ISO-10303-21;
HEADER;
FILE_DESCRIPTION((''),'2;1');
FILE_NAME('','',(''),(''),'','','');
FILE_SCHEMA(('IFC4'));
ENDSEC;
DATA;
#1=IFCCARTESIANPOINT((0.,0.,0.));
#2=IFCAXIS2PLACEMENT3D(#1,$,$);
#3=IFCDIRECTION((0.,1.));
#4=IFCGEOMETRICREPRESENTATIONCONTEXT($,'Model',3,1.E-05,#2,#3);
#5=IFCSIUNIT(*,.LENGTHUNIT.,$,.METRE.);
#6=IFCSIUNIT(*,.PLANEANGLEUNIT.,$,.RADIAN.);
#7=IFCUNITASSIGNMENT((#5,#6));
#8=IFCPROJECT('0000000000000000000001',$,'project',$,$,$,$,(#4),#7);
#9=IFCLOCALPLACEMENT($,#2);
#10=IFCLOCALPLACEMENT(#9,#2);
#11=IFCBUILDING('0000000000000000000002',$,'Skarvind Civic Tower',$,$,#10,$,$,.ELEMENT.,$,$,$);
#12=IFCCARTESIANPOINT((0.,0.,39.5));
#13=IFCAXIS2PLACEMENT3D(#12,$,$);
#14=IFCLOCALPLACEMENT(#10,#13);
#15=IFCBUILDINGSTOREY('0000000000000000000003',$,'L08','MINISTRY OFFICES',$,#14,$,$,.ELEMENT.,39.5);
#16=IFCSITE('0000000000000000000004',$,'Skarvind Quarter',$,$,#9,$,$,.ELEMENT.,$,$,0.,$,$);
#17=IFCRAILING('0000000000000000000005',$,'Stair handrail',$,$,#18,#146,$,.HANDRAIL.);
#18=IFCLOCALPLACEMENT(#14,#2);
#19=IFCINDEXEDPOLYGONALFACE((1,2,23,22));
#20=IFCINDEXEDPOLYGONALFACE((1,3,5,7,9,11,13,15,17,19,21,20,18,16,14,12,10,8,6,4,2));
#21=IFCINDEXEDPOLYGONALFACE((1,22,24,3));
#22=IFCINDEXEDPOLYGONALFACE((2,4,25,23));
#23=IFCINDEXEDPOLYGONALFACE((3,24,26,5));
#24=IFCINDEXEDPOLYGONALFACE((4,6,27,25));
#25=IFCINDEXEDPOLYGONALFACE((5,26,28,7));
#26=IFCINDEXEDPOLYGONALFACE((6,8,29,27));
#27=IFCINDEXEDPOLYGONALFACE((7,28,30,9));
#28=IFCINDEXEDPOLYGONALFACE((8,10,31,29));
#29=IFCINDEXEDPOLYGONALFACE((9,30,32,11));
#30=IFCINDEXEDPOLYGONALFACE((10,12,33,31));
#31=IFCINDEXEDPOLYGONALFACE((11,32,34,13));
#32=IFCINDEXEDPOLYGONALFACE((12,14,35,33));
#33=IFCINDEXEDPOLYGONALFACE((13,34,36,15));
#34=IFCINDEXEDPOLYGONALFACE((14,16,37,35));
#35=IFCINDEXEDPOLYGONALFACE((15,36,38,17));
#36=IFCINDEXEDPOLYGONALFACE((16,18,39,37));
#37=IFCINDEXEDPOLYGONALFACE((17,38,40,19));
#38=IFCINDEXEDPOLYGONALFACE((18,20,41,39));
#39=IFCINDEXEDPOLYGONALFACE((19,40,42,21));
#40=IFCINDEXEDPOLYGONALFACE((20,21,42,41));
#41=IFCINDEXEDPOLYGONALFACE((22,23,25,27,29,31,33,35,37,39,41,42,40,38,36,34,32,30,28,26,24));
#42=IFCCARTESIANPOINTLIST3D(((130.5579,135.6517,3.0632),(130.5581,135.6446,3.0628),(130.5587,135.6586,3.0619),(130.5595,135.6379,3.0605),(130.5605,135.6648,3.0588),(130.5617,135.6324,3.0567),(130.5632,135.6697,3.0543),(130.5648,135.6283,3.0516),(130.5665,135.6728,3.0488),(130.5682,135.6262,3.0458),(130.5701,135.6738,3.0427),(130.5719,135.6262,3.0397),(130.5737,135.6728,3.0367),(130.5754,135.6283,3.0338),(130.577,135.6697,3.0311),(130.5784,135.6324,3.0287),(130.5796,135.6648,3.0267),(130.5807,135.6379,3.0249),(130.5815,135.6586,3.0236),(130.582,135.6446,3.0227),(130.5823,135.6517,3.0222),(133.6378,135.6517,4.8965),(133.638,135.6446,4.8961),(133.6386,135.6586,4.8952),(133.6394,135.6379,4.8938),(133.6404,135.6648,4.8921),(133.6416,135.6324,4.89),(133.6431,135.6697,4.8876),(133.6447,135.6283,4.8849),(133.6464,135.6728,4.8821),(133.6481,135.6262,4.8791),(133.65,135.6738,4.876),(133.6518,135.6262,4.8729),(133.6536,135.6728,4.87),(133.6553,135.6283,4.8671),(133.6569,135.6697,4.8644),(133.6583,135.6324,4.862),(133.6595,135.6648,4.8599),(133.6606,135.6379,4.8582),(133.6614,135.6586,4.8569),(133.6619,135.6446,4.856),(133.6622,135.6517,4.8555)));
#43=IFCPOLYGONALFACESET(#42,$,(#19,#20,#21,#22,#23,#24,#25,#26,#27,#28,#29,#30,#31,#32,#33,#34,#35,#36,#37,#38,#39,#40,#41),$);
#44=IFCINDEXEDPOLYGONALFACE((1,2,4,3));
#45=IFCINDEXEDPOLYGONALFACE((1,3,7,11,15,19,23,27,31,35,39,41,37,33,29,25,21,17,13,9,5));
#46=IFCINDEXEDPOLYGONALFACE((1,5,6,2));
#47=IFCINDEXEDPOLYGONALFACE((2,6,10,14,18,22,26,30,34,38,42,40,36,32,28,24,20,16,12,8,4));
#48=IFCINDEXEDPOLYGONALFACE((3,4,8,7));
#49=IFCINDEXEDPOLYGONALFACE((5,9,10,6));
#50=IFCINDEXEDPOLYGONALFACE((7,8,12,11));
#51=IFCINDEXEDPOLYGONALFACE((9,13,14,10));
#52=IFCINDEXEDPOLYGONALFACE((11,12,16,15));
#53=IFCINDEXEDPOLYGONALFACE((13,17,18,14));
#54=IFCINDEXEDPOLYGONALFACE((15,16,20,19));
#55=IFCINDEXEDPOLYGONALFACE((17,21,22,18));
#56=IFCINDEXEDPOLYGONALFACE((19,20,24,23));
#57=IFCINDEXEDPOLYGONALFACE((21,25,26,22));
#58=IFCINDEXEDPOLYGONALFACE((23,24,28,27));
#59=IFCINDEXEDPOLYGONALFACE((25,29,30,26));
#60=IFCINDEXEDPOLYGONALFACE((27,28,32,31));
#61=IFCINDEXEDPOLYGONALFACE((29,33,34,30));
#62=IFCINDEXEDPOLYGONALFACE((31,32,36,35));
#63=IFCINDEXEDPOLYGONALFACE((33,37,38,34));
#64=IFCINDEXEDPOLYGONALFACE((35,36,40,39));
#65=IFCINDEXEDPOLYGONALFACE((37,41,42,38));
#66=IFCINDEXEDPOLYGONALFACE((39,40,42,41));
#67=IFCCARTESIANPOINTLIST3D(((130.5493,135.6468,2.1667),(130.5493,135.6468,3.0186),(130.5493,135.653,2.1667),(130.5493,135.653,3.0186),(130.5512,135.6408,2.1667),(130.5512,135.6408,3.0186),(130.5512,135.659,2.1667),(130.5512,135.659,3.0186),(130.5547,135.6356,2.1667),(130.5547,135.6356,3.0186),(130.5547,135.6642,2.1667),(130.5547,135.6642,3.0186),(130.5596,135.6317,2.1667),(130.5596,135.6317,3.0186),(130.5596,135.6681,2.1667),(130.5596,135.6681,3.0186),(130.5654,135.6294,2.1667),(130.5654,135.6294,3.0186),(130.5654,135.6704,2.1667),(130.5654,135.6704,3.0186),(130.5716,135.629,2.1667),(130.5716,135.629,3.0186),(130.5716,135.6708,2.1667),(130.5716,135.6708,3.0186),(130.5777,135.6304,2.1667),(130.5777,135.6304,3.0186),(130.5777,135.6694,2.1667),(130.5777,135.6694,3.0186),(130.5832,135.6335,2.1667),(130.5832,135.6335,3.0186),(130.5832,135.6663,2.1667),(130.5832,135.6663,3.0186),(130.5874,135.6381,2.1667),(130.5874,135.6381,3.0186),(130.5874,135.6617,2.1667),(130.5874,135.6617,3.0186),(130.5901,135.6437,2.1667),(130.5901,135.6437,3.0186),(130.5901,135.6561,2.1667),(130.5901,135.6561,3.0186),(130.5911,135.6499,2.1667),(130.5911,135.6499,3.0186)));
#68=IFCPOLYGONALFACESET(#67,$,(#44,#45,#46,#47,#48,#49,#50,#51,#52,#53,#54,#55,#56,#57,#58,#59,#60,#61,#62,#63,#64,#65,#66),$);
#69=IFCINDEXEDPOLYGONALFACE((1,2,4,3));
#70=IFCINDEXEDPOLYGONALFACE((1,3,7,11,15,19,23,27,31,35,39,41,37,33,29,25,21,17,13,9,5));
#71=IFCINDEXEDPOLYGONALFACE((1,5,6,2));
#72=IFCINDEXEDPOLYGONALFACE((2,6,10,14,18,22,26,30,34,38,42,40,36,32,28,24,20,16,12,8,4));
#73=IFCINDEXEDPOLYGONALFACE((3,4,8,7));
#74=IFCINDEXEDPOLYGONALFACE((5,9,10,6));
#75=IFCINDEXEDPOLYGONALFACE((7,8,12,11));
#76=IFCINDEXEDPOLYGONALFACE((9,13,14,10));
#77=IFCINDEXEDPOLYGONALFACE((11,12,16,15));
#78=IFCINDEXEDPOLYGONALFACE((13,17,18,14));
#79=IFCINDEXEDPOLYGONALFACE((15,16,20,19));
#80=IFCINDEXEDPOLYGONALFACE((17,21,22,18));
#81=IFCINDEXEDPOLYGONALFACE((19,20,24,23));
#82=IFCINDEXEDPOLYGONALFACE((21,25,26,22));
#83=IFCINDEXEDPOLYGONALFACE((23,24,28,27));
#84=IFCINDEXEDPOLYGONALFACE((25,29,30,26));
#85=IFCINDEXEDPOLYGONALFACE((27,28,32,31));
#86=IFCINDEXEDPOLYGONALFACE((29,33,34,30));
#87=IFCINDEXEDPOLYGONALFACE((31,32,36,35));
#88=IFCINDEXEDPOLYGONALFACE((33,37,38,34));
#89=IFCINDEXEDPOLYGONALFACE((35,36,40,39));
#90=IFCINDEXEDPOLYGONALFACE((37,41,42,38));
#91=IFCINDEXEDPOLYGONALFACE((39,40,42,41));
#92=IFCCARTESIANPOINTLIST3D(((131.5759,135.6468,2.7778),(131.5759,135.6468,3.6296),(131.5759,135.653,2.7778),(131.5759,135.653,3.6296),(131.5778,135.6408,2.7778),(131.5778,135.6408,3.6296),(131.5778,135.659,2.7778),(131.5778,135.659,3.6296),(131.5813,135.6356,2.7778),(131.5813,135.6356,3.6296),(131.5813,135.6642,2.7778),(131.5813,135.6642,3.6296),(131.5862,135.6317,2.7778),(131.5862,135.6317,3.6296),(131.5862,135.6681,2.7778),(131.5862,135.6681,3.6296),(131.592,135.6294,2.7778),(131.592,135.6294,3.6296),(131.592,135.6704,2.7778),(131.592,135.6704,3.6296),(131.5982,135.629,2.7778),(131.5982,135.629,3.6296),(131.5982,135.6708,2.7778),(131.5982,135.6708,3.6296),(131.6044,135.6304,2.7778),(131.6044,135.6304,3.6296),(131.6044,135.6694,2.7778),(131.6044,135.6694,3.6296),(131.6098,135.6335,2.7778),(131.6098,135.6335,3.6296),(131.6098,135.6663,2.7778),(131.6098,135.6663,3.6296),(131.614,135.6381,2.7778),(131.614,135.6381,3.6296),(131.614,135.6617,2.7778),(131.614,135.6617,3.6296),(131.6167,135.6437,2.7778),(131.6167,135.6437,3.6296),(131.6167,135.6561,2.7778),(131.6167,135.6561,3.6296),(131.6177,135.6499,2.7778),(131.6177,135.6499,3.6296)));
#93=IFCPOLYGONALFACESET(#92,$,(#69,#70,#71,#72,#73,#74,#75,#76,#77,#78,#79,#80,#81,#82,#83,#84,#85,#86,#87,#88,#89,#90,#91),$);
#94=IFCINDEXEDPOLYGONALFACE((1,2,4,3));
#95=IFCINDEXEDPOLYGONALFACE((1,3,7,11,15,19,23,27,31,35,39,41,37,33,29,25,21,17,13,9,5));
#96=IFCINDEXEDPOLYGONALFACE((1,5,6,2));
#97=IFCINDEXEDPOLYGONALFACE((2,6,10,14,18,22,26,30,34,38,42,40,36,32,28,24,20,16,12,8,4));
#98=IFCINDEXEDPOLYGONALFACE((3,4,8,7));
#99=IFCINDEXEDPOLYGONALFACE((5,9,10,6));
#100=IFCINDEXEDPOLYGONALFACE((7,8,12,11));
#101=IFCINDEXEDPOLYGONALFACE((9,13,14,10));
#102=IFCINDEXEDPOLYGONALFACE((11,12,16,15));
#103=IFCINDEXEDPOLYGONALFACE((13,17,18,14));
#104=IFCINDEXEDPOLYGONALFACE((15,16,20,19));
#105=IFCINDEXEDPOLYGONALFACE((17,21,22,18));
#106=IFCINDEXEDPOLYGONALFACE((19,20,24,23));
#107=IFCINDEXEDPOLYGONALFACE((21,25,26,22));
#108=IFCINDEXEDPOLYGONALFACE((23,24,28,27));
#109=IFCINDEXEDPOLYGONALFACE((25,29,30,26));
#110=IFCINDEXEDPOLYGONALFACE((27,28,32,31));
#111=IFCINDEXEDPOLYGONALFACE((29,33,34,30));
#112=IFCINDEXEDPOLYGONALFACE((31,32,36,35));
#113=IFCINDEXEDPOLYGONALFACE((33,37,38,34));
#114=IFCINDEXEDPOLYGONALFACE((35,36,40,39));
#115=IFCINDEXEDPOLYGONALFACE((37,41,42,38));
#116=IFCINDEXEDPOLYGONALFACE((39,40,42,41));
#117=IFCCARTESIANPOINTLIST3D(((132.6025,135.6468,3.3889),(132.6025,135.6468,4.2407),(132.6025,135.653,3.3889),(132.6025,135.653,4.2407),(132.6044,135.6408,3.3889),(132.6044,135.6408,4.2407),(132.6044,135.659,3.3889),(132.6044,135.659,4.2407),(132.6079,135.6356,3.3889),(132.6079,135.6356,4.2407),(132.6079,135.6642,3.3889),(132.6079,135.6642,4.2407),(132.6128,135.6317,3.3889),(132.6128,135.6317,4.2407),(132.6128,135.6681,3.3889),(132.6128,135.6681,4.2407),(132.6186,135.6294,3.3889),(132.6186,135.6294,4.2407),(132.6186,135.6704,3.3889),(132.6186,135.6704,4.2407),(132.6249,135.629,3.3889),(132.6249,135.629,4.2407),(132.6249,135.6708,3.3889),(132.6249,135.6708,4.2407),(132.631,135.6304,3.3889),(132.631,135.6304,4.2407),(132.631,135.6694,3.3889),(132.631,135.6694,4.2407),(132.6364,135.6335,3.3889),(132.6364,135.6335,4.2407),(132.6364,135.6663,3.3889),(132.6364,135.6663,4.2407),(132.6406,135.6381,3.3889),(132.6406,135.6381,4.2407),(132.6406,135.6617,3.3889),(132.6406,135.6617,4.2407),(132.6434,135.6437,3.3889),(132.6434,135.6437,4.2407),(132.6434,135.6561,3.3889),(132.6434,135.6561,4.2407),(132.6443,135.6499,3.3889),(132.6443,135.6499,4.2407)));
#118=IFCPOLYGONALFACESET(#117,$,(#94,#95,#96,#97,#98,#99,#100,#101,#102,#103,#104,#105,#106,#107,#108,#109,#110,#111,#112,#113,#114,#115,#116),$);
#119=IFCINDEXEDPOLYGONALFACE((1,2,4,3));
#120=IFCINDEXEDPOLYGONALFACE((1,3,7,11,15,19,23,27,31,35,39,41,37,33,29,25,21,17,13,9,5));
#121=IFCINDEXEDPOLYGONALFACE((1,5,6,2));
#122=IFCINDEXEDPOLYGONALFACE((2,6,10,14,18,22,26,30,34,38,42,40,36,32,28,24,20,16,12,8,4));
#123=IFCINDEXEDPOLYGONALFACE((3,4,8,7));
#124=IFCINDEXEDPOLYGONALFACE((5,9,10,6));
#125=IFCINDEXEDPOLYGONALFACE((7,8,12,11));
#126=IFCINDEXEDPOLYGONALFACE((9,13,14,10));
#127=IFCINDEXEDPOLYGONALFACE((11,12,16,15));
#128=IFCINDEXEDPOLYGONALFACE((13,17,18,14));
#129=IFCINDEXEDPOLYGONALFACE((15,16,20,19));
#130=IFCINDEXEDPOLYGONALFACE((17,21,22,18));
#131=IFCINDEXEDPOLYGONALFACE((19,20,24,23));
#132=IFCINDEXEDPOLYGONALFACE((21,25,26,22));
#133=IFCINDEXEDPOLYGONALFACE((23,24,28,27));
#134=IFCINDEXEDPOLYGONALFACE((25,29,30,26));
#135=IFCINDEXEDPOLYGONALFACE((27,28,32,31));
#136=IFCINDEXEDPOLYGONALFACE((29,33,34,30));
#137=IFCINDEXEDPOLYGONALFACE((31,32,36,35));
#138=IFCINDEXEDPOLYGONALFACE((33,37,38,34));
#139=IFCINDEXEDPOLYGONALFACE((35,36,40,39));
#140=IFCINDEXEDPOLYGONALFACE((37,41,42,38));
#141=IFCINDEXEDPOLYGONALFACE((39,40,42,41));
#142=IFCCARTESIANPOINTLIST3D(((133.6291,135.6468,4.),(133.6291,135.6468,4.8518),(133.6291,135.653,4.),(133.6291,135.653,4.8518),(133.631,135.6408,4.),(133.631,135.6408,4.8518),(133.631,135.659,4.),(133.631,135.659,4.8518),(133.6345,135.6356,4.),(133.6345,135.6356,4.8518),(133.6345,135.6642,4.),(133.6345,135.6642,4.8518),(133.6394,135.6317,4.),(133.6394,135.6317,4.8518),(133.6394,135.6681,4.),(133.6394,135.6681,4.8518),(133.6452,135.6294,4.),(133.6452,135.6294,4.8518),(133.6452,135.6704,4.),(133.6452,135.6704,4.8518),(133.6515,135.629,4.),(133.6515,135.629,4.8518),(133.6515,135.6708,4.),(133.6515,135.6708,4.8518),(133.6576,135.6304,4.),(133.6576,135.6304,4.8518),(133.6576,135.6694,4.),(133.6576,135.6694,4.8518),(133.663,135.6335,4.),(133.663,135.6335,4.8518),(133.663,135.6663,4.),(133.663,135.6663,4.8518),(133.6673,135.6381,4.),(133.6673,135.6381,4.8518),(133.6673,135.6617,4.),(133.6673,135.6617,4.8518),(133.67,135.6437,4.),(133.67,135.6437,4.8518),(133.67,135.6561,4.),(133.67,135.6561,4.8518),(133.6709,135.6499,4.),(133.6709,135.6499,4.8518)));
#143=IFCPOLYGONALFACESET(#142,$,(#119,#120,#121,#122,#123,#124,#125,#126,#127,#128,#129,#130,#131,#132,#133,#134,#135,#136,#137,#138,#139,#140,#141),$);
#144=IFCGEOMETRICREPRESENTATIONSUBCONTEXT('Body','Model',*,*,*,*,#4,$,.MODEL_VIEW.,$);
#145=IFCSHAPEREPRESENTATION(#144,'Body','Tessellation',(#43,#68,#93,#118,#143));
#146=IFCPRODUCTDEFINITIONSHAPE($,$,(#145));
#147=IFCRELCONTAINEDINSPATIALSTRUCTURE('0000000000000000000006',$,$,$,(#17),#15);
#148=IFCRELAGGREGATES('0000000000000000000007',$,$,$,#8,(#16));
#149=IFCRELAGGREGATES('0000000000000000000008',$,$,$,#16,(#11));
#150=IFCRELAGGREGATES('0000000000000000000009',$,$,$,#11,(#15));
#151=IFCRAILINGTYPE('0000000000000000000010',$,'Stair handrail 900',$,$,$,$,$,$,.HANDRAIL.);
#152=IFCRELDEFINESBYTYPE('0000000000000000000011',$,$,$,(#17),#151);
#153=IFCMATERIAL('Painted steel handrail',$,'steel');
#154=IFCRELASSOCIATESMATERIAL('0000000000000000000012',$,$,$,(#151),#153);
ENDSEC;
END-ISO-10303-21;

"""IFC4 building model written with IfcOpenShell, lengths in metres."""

from ifc_helpers import new_model, si_unit, direction, frame, origin, origin_2d, place, context, subcontext, project, spatial, circle, extrude, material, type_object, element, save


model = new_model("IFC4")

# Units and contexts
model_context = context("Model", 3, precision=1e-05, world=origin(), true_north=direction((0.0, 1.0)))
body_context = subcontext(model_context, "Body", "Model", "MODEL_VIEW")
ifc_project = project(units=[si_unit("LENGTHUNIT", "METRE"), si_unit("PLANEANGLEUNIT", "RADIAN")], contexts=[model_context])

# Site, building, storey
site_placement = place(None, origin())
site = spatial("IfcSite", under=ifc_project, at=site_placement, Name="Skarvind Quarter", CompositionType="ELEMENT", RefElevation=0.0)
building_placement = place(site_placement, origin())
building = spatial("IfcBuilding", under=site, at=building_placement, Name="Skarvind Civic Tower", CompositionType="ELEMENT")
storey_placement = place(building_placement, frame((0.0, 0.0, 39.5)))
storey = spatial("IfcBuildingStorey", under=building, at=storey_placement, Name="L08", Description="MINISTRY OFFICES", CompositionType="ELEMENT", Elevation=39.5)

# Railing
ifc_material_1 = material(Name="Painted steel handrail", Category="steel")
railing_type = type_object("IfcRailingType", Name="Stair handrail 900", PredefinedType="HANDRAIL", material=ifc_material_1)
railing_1_placement = place(storey_placement, frame((130.5701, 135.6499, 2.1667)))
element("IfcRailing", 1, at=railing_1_placement, inside=storey, type_object=railing_type, Name="Stair handrail", PredefinedType="HANDRAIL", context=body_context, shape_type="SweptSolid", body=[
    extrude(circle(Radius=0.0239, at=origin_2d()), frame((0.0, 0.0, 0.876), z_axis=(0.859291, 0.0, 0.511487), x_axis=(0.0, 1.0, 0.0)), (0.0, 0.0, 1.0), 3.5842),
    extrude(circle(Radius=0.021, at=origin_2d()), origin(), (0.0, 0.0, 1.0), 0.8518),
    extrude(circle(Radius=0.021, at=origin_2d()), frame((1.0266, 0.0, 0.6111)), (0.0, 0.0, 1.0), 0.8518),
    extrude(circle(Radius=0.021, at=origin_2d()), frame((2.0532, 0.0, 1.2222)), (0.0, 0.0, 1.0), 0.8518),
    extrude(circle(Radius=0.021, at=origin_2d()), frame((3.0798, 0.0, 1.8333)), (0.0, 0.0, 1.0), 0.8518),
])

save(model, "model.ifc")
